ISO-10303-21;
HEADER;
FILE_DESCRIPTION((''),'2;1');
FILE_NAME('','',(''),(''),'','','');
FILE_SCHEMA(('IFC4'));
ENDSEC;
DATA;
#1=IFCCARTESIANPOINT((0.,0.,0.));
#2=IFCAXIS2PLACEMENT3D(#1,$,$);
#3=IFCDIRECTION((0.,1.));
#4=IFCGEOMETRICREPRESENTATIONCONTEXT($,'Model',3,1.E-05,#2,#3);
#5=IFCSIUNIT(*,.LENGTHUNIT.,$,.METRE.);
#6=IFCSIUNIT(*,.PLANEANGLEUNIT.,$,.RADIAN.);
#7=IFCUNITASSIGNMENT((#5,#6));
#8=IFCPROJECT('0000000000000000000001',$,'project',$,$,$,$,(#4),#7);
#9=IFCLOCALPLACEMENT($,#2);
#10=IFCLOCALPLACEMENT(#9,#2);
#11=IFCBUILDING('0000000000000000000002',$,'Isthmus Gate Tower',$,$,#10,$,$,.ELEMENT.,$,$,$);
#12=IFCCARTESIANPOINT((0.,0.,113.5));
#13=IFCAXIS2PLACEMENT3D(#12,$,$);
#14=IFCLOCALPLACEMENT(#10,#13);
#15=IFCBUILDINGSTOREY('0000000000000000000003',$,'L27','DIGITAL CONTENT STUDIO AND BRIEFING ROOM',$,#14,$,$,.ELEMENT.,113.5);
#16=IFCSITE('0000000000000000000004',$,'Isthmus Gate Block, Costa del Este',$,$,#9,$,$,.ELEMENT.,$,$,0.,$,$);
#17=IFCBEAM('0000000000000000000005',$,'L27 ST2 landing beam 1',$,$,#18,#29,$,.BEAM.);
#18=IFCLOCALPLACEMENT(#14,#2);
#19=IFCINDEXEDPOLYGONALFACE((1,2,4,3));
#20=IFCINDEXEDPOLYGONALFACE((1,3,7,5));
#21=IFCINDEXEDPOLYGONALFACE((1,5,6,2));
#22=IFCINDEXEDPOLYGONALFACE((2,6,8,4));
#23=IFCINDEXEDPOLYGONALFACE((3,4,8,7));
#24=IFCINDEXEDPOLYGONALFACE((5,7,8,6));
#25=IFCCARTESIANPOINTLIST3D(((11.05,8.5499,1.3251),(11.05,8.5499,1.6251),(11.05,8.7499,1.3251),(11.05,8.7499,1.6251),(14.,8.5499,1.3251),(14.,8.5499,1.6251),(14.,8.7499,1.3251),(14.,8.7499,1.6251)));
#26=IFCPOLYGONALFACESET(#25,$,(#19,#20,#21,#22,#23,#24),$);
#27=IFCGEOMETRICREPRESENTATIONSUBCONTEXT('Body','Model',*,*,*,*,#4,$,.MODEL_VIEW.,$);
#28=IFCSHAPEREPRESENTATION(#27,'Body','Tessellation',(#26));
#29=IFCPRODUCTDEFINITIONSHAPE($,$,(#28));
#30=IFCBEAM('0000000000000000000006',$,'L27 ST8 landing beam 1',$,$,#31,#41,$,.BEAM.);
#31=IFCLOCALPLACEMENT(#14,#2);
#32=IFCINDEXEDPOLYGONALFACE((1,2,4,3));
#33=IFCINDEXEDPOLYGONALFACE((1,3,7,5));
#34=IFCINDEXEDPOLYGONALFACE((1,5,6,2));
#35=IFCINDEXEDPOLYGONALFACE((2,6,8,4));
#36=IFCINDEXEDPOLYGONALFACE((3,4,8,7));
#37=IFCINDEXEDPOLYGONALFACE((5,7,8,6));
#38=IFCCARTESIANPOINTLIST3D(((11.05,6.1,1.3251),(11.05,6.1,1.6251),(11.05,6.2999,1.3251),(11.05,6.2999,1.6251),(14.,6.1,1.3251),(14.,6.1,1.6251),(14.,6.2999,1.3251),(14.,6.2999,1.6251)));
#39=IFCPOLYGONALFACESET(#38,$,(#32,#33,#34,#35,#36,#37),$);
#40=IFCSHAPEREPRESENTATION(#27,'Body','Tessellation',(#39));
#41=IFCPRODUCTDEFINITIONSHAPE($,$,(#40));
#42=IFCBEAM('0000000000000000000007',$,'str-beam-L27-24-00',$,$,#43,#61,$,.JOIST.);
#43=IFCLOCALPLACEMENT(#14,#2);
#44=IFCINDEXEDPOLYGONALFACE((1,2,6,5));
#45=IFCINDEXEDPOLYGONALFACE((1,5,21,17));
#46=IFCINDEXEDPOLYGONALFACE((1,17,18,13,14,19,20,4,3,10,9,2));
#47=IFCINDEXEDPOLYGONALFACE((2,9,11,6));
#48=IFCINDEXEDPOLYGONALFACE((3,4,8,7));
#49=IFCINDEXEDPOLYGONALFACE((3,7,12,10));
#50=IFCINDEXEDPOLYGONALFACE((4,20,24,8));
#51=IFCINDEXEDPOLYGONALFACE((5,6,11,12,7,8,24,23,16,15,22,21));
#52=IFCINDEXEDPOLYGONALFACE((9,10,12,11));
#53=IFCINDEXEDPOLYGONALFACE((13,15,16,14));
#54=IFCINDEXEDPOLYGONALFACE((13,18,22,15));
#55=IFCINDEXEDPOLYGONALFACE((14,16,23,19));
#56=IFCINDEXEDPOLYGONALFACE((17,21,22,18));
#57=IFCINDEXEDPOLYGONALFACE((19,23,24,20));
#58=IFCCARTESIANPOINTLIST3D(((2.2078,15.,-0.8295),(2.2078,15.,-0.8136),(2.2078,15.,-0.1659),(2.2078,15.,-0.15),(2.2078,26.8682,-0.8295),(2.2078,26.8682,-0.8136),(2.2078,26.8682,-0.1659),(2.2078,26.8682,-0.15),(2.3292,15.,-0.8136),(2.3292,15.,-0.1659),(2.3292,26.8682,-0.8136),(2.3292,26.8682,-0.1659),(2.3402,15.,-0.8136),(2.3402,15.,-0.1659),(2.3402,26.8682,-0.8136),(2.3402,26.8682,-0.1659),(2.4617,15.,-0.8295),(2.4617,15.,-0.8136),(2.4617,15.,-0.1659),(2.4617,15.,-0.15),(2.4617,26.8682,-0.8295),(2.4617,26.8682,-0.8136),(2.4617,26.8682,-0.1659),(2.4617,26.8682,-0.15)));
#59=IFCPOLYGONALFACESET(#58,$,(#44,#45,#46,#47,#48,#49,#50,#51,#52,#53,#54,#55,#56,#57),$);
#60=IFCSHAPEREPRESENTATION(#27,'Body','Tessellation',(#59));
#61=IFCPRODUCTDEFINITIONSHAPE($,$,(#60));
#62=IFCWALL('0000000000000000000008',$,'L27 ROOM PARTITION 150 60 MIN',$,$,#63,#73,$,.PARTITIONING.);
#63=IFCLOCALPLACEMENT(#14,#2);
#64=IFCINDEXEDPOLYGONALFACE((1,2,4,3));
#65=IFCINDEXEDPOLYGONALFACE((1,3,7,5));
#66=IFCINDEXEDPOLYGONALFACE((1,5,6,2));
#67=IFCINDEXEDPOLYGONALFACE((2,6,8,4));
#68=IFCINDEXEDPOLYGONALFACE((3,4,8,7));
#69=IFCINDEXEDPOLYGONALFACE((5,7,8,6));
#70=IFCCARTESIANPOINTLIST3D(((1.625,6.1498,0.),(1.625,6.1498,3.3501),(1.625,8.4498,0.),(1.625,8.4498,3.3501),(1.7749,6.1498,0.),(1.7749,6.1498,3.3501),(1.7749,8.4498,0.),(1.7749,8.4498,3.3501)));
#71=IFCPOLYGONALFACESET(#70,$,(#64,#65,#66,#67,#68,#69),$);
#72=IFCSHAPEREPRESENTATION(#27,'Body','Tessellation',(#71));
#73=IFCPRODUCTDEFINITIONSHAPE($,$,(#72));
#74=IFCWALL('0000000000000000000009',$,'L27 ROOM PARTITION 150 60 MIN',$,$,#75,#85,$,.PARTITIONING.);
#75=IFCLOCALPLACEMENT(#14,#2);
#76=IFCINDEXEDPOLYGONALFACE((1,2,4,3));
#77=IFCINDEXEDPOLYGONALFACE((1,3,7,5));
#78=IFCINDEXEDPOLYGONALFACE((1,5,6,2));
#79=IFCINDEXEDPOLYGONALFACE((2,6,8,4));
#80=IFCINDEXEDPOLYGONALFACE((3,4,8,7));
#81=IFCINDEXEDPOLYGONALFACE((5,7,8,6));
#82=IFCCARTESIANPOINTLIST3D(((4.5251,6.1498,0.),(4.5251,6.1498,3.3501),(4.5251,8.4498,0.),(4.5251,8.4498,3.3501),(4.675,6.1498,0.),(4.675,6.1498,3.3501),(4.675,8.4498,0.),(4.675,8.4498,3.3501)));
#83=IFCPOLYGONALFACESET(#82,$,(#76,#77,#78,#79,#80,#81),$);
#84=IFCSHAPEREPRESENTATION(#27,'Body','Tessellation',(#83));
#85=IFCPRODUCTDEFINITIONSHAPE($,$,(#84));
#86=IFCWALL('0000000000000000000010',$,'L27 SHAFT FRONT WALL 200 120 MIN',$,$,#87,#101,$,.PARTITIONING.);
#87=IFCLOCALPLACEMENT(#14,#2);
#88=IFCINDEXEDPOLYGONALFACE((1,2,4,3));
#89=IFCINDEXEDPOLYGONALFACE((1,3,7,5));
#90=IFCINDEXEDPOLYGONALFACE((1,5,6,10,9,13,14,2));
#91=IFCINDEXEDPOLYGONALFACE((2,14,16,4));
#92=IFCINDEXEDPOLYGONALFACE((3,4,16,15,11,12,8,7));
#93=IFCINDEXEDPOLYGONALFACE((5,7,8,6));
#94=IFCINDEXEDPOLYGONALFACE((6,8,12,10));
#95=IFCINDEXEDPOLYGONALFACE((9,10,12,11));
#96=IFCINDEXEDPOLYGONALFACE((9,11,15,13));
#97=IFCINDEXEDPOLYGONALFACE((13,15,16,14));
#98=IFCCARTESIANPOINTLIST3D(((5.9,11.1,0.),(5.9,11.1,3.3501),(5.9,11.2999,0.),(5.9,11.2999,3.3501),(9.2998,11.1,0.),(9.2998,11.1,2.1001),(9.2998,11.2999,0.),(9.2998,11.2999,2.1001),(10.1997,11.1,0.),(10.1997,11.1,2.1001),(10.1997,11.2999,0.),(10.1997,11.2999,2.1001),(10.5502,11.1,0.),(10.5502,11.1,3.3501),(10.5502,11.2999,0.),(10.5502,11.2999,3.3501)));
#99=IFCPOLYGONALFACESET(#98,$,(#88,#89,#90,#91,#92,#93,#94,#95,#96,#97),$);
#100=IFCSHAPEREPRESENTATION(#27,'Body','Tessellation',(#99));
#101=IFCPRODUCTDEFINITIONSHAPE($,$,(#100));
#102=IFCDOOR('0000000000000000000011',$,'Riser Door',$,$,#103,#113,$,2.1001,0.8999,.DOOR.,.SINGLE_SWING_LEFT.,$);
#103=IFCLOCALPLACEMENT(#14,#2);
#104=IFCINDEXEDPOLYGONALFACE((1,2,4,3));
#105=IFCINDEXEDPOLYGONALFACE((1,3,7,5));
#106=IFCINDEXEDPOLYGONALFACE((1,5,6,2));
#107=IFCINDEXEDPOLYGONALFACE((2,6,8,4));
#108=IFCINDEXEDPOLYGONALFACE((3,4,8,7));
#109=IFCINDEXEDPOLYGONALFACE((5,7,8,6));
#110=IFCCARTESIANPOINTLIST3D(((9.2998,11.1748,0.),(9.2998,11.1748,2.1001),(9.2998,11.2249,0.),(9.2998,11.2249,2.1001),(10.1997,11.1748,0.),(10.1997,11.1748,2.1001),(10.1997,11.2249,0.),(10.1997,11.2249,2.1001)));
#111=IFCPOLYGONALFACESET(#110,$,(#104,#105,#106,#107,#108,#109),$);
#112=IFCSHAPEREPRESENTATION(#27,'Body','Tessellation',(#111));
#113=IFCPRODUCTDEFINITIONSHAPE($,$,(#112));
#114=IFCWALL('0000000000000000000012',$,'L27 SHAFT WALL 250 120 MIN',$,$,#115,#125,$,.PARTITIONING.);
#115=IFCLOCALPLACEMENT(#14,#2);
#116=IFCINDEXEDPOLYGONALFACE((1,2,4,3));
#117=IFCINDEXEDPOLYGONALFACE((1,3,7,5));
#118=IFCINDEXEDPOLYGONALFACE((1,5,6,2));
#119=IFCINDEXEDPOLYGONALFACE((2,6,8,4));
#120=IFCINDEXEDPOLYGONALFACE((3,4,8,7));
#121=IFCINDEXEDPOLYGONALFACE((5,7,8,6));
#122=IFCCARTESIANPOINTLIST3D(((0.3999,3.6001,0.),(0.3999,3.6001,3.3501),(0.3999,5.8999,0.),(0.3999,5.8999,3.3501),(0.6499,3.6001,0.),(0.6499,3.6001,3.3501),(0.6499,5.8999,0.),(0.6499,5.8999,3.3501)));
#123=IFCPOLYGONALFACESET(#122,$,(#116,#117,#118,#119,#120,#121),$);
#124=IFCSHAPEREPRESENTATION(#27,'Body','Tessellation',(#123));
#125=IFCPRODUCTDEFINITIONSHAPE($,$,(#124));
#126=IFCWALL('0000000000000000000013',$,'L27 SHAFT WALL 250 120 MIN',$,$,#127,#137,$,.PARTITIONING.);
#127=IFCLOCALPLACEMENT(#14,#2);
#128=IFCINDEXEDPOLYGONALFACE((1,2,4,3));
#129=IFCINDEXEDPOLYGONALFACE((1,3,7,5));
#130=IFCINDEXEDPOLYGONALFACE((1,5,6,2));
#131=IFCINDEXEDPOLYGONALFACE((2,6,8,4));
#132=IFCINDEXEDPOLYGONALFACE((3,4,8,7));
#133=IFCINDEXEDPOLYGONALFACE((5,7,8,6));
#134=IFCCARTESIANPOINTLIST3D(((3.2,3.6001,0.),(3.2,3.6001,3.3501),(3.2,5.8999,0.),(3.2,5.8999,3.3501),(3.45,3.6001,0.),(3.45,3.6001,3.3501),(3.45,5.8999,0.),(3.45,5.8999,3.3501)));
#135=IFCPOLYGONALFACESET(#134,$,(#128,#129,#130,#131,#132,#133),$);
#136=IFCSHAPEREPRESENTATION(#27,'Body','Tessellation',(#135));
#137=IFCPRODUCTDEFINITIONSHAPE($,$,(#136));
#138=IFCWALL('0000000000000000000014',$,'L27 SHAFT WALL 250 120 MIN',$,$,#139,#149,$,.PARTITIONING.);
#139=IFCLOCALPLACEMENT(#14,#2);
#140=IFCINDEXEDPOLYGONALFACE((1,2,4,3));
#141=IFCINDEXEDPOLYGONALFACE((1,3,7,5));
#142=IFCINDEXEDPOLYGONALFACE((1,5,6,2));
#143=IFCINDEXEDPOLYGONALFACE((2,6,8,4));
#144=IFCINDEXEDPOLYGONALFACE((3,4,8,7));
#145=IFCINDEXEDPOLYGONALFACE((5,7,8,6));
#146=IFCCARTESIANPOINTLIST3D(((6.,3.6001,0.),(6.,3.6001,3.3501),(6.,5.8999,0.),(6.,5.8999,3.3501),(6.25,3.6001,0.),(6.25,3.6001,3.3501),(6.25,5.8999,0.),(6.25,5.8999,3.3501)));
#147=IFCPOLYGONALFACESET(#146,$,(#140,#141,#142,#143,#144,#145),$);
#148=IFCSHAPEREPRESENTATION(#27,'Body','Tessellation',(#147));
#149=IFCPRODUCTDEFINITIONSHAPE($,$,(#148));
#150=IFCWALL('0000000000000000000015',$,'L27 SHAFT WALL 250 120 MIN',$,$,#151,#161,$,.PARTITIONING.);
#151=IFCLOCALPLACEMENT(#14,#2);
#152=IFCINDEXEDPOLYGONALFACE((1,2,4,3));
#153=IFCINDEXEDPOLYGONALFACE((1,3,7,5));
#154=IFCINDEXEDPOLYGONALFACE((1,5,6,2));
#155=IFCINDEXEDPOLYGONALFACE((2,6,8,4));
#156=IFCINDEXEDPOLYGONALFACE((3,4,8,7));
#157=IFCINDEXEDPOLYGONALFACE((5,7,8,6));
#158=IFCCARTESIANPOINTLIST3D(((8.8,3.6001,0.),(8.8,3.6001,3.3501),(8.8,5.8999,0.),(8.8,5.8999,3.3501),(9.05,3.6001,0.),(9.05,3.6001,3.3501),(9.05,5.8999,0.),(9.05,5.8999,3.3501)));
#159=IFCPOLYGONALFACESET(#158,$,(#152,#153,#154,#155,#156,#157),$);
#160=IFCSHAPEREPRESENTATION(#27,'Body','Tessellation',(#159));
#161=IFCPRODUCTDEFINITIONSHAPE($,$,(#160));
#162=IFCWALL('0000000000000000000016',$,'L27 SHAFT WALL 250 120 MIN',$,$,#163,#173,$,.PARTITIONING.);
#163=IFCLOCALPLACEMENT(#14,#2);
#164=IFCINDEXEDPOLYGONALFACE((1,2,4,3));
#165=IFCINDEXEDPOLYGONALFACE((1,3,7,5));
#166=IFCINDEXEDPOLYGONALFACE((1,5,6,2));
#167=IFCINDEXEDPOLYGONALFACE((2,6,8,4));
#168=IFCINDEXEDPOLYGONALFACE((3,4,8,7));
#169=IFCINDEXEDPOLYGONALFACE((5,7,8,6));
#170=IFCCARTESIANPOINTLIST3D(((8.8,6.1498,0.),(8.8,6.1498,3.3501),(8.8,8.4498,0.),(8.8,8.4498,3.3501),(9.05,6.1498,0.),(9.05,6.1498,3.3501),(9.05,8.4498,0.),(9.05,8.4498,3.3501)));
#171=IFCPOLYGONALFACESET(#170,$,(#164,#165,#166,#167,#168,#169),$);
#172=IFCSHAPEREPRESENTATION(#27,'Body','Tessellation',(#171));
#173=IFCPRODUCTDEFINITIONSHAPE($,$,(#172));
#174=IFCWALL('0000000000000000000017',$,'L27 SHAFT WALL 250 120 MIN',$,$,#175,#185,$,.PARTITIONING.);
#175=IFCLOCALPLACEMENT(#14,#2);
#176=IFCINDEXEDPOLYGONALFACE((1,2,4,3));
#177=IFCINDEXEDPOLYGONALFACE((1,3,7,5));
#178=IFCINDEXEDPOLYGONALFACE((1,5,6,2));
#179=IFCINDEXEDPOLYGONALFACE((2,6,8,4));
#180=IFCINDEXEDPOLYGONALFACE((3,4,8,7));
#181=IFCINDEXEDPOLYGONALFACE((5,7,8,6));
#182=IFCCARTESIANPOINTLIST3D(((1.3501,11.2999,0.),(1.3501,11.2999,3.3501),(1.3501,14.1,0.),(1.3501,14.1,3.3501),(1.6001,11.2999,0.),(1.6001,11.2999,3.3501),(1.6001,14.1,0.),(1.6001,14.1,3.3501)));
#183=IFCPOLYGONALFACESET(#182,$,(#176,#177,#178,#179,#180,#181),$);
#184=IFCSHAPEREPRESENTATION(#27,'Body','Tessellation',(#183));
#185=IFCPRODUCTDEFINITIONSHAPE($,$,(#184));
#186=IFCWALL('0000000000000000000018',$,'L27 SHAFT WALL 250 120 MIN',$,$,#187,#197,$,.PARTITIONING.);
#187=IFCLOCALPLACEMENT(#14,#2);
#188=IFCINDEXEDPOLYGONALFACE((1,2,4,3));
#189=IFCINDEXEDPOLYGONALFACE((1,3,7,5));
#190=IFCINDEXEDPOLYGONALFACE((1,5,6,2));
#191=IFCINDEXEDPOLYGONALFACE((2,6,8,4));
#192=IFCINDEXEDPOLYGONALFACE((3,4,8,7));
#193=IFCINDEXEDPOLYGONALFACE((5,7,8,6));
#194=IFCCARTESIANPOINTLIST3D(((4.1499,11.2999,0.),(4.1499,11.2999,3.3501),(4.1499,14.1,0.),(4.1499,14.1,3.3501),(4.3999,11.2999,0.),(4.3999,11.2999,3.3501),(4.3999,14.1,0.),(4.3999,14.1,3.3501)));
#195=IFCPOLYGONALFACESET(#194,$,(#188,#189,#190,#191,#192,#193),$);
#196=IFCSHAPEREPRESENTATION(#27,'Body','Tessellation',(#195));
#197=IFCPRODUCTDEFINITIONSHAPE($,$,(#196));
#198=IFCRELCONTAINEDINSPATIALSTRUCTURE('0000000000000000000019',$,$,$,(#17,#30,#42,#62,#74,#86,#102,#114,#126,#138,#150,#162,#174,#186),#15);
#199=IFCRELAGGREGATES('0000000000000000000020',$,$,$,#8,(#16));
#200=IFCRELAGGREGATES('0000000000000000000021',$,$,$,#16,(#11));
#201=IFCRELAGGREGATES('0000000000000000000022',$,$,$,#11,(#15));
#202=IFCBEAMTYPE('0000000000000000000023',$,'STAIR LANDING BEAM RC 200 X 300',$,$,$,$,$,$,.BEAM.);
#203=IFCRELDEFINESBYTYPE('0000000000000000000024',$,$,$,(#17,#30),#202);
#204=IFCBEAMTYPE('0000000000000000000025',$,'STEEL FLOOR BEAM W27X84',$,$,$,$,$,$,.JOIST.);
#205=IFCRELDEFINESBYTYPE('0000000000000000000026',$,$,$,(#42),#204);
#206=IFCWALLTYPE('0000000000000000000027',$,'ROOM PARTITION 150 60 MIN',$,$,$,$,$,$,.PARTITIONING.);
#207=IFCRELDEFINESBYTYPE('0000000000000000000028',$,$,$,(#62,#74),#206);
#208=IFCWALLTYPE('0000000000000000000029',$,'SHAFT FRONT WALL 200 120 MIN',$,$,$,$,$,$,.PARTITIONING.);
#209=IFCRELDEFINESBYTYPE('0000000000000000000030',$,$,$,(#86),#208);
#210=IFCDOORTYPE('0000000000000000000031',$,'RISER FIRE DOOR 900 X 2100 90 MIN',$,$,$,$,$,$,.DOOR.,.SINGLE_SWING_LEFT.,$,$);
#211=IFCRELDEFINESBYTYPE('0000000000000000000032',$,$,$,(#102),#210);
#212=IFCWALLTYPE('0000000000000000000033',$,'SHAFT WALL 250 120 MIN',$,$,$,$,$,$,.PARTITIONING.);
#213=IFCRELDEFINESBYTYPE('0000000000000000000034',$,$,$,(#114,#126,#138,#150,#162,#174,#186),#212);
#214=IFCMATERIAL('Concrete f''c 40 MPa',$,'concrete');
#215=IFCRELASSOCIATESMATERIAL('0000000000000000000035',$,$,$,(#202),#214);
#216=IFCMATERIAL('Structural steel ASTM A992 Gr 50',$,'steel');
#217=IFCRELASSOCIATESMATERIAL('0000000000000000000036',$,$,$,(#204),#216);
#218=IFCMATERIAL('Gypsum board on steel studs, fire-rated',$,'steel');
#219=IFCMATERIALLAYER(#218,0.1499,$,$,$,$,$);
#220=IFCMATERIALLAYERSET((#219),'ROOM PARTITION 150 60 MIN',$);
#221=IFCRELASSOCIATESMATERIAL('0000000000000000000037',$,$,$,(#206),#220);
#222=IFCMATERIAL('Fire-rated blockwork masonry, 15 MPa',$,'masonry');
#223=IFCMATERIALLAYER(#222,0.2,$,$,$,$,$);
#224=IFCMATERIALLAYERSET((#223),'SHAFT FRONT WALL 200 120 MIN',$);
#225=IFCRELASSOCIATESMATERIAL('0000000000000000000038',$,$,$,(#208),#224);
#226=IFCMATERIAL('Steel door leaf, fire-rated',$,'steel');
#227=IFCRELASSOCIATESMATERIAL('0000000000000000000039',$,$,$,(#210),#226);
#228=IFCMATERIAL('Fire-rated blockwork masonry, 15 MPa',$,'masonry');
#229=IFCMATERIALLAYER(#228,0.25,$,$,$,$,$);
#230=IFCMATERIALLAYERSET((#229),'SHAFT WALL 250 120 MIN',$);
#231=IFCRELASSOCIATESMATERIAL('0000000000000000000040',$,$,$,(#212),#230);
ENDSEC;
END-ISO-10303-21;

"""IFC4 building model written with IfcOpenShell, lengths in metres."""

from ifc_helpers import new_model, si_unit, direction, frame, frame_2d, origin, origin_2d, place, context, subcontext, project, spatial, rectangle, i_section, extrude, material, layer, layer_set, material_profile, profile_set, type_object, element, fill, save


model = new_model("IFC4")

# Units and contexts
model_context = context("Model", 3, precision=1e-05, world=origin(), true_north=direction((0.0, 1.0)))
body_context = subcontext(model_context, "Body", "Model", "MODEL_VIEW")
ifc_project = project(units=[si_unit("LENGTHUNIT", "METRE"), si_unit("PLANEANGLEUNIT", "RADIAN")], contexts=[model_context])

# Site, building, storey
site_placement = place(None, origin())
site = spatial("IfcSite", under=ifc_project, at=site_placement, Name="Isthmus Gate Block, Costa del Este", CompositionType="ELEMENT", RefElevation=0.0)
building_placement = place(site_placement, origin())
building = spatial("IfcBuilding", under=site, at=building_placement, Name="Isthmus Gate Tower", CompositionType="ELEMENT")
storey_placement = place(building_placement, frame((0.0, 0.0, 113.5)))
storey = spatial("IfcBuildingStorey", under=building, at=storey_placement, Name="L27", Description="DIGITAL CONTENT STUDIO AND BRIEFING ROOM", CompositionType="ELEMENT", Elevation=113.5)

# Beams
ifc_material_1 = material(Name="Concrete f'c 40 MPa", Category="concrete")
ifc_material_profile_1 = material_profile(ifc_material_1, rectangle(XDim=0.2, YDim=0.3, at=origin_2d()), Name="STAIR LANDING BEAM RC 200 X 300")
ifc_profile_set_1 = profile_set([ifc_material_profile_1], Name="Concrete f'c 40 MPa")
beam_type_1 = type_object("IfcBeamType", Name="STAIR LANDING BEAM RC 200 X 300", PredefinedType="BEAM", material=ifc_profile_set_1)
for number, where, z_axis, x_axis, name in (
    (1, (11.05, 8.6499, 1.4751), (1.0, 0.0, 0.0), (0.0, 1.0, 0.0), "L27 ST2 landing beam 1"),
    (2, (11.05, 6.2, 1.4751), (1.0, 0.0, 0.0), (0.0, 1.0, 0.0), "L27 ST8 landing beam 1"),
):
    element("IfcBeam", number, at=place(storey_placement, frame(where, z_axis=z_axis, x_axis=x_axis)), inside=storey, type_object=beam_type_1, Name=name, PredefinedType="BEAM", context=body_context, shape_type="SweptSolid", body=[
        extrude(rectangle(XDim=0.2, YDim=0.3, at=origin_2d()), origin(), (0.0, 0.0, 1.0), 2.95),
    ])
ifc_material_2 = material(Name="Structural steel ASTM A992 Gr 50", Category="steel")
ifc_material_profile_2 = material_profile(ifc_material_2, i_section(OverallWidth=0.2539, OverallDepth=0.6794, WebThickness=0.011, FlangeThickness=0.0159, at=origin_2d()), Name="W27X84")
ifc_profile_set_2 = profile_set([ifc_material_profile_2], Name="Structural steel ASTM A992 Gr 50")
beam_type_2 = type_object("IfcBeamType", Name="STEEL FLOOR BEAM W27X84", PredefinedType="JOIST", material=ifc_profile_set_2)
beam_placement = place(storey_placement, frame((2.3347, 15.0, -0.4897), z_axis=(0.0, 1.0, 0.0), x_axis=(-1.0, 0.0, 0.0)))
element("IfcBeam", 3, at=beam_placement, inside=storey, type_object=beam_type_2, Name="str-beam-L27-24-00", PredefinedType="JOIST", context=body_context, shape_type="SweptSolid", body=[
    extrude(i_section(OverallWidth=0.2539, OverallDepth=0.6794, WebThickness=0.011, FlangeThickness=0.0159, at=origin_2d()), origin(), (0.0, 0.0, 1.0), 11.8682),
])

# Walls
ifc_material_3 = material(Name="Gypsum board on steel studs, fire-rated", Category="steel")
ifc_layer_1 = layer(ifc_material_3, 0.1499)
ifc_layer_set_1 = layer_set([ifc_layer_1], Name="ROOM PARTITION 150 60 MIN")
wall_type_1 = type_object("IfcWallType", Name="ROOM PARTITION 150 60 MIN", PredefinedType="PARTITIONING", material=ifc_layer_set_1)
for number, where, z_axis, x_axis, name in (
    (4, (1.7, 6.1499, 0.0), (0.0, 0.0, 1.0), (0.0, 1.0, 0.0), "L27 ROOM PARTITION 150 60 MIN"),
    (5, (4.6001, 6.1499, 0.0), (0.0, 0.0, 1.0), (0.0, 1.0, 0.0), "L27 ROOM PARTITION 150 60 MIN"),
):
    element("IfcWall", number, at=place(storey_placement, frame(where, z_axis=z_axis, x_axis=x_axis)), inside=storey, type_object=wall_type_1, Name=name, PredefinedType="PARTITIONING", context=body_context, shape_type="SweptSolid", body=[
        extrude(rectangle(XDim=2.3, YDim=0.1499, at=frame_2d((1.1499, 0.0))), origin(), (0.0, 0.0, 1.0), 3.3501),
    ])

# Wall, opening, door
ifc_material_4 = material(Name="Fire-rated blockwork masonry, 15 MPa", Category="masonry")
ifc_layer_2 = layer(ifc_material_4, 0.2)
ifc_layer_set_2 = layer_set([ifc_layer_2], Name="SHAFT FRONT WALL 200 120 MIN")
wall_type_2 = type_object("IfcWallType", Name="SHAFT FRONT WALL 200 120 MIN", PredefinedType="PARTITIONING", material=ifc_layer_set_2)
wall_1_placement = place(storey_placement, frame((5.8999, 11.2, 0.0), z_axis=(0.0, 0.0, 1.0), x_axis=(1.0, 0.0, 0.0)))
wall_1 = element("IfcWall", 6, at=wall_1_placement, inside=storey, type_object=wall_type_2, Name="L27 SHAFT FRONT WALL 200 120 MIN", PredefinedType="PARTITIONING", context=body_context, shape_type="SweptSolid", body=[
    extrude(rectangle(XDim=4.6501, YDim=0.2, at=frame_2d((2.3252, 0.0))), origin(), (0.0, 0.0, 1.0), 3.3501),
])
opening_placement = place(wall_1_placement, frame((3.3999, 0.0, 0.0)))
opening = element("IfcOpeningElement", 7, at=opening_placement, cuts=wall_1, PredefinedType="OPENING", context=body_context, shape_type="SweptSolid", body=[
    extrude(rectangle(XDim=0.8999, YDim=2.1001, at=frame_2d((0.45, 1.05))), frame((0.0, 0.1099, 0.0), z_axis=(0.0, -1.0, 0.0), x_axis=(1.0, 0.0, 0.0)), (0.0, 0.0, 1.0), 0.22),
])
ifc_material_5 = material(Name="Steel door leaf, fire-rated", Category="steel")
door_type = type_object("IfcDoorType", Name="RISER FIRE DOOR 900 X 2100 90 MIN", OperationType="SINGLE_SWING_LEFT", PredefinedType="DOOR", material=ifc_material_5)
door_placement = place(opening_placement, origin())
door = element("IfcDoor", 8, at=door_placement, inside=storey, type_object=door_type, Name="Riser Door", OperationType="SINGLE_SWING_LEFT", OverallHeight=2.1001, OverallWidth=0.8999, PredefinedType="DOOR", context=body_context, shape_type="SweptSolid", body=[
    extrude(rectangle(XDim=0.8999, YDim=2.1001, at=frame_2d((0.45, 1.05))), frame((0.0, 0.0249, 0.0), z_axis=(0.0, -1.0, 0.0), x_axis=(1.0, 0.0, 0.0)), (0.0, 0.0, 1.0), 0.05),
])
fill(opening, door)

# Walls
ifc_material_6 = material(Name="Fire-rated blockwork masonry, 15 MPa", Category="masonry")
ifc_layer_3 = layer(ifc_material_6, 0.25)
ifc_layer_set_3 = layer_set([ifc_layer_3], Name="SHAFT WALL 250 120 MIN")
wall_type_3 = type_object("IfcWallType", Name="SHAFT WALL 250 120 MIN", PredefinedType="PARTITIONING", material=ifc_layer_set_3)
for number, where, z_axis, x_axis, name in (
    (9, (0.5249, 3.6001, 0.0), (0.0, 0.0, 1.0), (0.0, 1.0, 0.0), "L27 SHAFT WALL 250 120 MIN"),
    (10, (3.325, 3.6001, 0.0), (0.0, 0.0, 1.0), (0.0, 1.0, 0.0), "L27 SHAFT WALL 250 120 MIN"),
    (11, (6.125, 3.6001, 0.0), (0.0, 0.0, 1.0), (0.0, 1.0, 0.0), "L27 SHAFT WALL 250 120 MIN"),
    (12, (8.925, 3.6001, 0.0), (0.0, 0.0, 1.0), (0.0, 1.0, 0.0), "L27 SHAFT WALL 250 120 MIN"),
):
    element("IfcWall", number, at=place(storey_placement, frame(where, z_axis=z_axis, x_axis=x_axis)), inside=storey, type_object=wall_type_3, Name=name, PredefinedType="PARTITIONING", context=body_context, shape_type="SweptSolid", body=[
        extrude(rectangle(XDim=2.2998, YDim=0.25, at=frame_2d((1.1499, 0.0))), origin(), (0.0, 0.0, 1.0), 3.3501),
    ])
wall_2_placement = place(storey_placement, frame((8.925, 6.1499, 0.0), z_axis=(0.0, 0.0, 1.0), x_axis=(0.0, 1.0, 0.0)))
element("IfcWall", 13, at=wall_2_placement, inside=storey, type_object=wall_type_3, Name="L27 SHAFT WALL 250 120 MIN", PredefinedType="PARTITIONING", context=body_context, shape_type="SweptSolid", body=[
    extrude(rectangle(XDim=2.3, YDim=0.25, at=frame_2d((1.1499, 0.0))), origin(), (0.0, 0.0, 1.0), 3.3501),
])
for number, where, z_axis, x_axis, name in (
    (14, (1.4751, 11.3, 0.0), (0.0, 0.0, 1.0), (0.0, 1.0, 0.0), "L27 SHAFT WALL 250 120 MIN"),
    (15, (4.2749, 11.3, 0.0), (0.0, 0.0, 1.0), (0.0, 1.0, 0.0), "L27 SHAFT WALL 250 120 MIN"),
):
    element("IfcWall", number, at=place(storey_placement, frame(where, z_axis=z_axis, x_axis=x_axis)), inside=storey, type_object=wall_type_3, Name=name, PredefinedType="PARTITIONING", context=body_context, shape_type="SweptSolid", body=[
        extrude(rectangle(XDim=2.8, YDim=0.25, at=frame_2d((1.3999, 0.0))), origin(), (0.0, 0.0, 1.0), 3.3501),
    ])

save(model, "model.ifc")
